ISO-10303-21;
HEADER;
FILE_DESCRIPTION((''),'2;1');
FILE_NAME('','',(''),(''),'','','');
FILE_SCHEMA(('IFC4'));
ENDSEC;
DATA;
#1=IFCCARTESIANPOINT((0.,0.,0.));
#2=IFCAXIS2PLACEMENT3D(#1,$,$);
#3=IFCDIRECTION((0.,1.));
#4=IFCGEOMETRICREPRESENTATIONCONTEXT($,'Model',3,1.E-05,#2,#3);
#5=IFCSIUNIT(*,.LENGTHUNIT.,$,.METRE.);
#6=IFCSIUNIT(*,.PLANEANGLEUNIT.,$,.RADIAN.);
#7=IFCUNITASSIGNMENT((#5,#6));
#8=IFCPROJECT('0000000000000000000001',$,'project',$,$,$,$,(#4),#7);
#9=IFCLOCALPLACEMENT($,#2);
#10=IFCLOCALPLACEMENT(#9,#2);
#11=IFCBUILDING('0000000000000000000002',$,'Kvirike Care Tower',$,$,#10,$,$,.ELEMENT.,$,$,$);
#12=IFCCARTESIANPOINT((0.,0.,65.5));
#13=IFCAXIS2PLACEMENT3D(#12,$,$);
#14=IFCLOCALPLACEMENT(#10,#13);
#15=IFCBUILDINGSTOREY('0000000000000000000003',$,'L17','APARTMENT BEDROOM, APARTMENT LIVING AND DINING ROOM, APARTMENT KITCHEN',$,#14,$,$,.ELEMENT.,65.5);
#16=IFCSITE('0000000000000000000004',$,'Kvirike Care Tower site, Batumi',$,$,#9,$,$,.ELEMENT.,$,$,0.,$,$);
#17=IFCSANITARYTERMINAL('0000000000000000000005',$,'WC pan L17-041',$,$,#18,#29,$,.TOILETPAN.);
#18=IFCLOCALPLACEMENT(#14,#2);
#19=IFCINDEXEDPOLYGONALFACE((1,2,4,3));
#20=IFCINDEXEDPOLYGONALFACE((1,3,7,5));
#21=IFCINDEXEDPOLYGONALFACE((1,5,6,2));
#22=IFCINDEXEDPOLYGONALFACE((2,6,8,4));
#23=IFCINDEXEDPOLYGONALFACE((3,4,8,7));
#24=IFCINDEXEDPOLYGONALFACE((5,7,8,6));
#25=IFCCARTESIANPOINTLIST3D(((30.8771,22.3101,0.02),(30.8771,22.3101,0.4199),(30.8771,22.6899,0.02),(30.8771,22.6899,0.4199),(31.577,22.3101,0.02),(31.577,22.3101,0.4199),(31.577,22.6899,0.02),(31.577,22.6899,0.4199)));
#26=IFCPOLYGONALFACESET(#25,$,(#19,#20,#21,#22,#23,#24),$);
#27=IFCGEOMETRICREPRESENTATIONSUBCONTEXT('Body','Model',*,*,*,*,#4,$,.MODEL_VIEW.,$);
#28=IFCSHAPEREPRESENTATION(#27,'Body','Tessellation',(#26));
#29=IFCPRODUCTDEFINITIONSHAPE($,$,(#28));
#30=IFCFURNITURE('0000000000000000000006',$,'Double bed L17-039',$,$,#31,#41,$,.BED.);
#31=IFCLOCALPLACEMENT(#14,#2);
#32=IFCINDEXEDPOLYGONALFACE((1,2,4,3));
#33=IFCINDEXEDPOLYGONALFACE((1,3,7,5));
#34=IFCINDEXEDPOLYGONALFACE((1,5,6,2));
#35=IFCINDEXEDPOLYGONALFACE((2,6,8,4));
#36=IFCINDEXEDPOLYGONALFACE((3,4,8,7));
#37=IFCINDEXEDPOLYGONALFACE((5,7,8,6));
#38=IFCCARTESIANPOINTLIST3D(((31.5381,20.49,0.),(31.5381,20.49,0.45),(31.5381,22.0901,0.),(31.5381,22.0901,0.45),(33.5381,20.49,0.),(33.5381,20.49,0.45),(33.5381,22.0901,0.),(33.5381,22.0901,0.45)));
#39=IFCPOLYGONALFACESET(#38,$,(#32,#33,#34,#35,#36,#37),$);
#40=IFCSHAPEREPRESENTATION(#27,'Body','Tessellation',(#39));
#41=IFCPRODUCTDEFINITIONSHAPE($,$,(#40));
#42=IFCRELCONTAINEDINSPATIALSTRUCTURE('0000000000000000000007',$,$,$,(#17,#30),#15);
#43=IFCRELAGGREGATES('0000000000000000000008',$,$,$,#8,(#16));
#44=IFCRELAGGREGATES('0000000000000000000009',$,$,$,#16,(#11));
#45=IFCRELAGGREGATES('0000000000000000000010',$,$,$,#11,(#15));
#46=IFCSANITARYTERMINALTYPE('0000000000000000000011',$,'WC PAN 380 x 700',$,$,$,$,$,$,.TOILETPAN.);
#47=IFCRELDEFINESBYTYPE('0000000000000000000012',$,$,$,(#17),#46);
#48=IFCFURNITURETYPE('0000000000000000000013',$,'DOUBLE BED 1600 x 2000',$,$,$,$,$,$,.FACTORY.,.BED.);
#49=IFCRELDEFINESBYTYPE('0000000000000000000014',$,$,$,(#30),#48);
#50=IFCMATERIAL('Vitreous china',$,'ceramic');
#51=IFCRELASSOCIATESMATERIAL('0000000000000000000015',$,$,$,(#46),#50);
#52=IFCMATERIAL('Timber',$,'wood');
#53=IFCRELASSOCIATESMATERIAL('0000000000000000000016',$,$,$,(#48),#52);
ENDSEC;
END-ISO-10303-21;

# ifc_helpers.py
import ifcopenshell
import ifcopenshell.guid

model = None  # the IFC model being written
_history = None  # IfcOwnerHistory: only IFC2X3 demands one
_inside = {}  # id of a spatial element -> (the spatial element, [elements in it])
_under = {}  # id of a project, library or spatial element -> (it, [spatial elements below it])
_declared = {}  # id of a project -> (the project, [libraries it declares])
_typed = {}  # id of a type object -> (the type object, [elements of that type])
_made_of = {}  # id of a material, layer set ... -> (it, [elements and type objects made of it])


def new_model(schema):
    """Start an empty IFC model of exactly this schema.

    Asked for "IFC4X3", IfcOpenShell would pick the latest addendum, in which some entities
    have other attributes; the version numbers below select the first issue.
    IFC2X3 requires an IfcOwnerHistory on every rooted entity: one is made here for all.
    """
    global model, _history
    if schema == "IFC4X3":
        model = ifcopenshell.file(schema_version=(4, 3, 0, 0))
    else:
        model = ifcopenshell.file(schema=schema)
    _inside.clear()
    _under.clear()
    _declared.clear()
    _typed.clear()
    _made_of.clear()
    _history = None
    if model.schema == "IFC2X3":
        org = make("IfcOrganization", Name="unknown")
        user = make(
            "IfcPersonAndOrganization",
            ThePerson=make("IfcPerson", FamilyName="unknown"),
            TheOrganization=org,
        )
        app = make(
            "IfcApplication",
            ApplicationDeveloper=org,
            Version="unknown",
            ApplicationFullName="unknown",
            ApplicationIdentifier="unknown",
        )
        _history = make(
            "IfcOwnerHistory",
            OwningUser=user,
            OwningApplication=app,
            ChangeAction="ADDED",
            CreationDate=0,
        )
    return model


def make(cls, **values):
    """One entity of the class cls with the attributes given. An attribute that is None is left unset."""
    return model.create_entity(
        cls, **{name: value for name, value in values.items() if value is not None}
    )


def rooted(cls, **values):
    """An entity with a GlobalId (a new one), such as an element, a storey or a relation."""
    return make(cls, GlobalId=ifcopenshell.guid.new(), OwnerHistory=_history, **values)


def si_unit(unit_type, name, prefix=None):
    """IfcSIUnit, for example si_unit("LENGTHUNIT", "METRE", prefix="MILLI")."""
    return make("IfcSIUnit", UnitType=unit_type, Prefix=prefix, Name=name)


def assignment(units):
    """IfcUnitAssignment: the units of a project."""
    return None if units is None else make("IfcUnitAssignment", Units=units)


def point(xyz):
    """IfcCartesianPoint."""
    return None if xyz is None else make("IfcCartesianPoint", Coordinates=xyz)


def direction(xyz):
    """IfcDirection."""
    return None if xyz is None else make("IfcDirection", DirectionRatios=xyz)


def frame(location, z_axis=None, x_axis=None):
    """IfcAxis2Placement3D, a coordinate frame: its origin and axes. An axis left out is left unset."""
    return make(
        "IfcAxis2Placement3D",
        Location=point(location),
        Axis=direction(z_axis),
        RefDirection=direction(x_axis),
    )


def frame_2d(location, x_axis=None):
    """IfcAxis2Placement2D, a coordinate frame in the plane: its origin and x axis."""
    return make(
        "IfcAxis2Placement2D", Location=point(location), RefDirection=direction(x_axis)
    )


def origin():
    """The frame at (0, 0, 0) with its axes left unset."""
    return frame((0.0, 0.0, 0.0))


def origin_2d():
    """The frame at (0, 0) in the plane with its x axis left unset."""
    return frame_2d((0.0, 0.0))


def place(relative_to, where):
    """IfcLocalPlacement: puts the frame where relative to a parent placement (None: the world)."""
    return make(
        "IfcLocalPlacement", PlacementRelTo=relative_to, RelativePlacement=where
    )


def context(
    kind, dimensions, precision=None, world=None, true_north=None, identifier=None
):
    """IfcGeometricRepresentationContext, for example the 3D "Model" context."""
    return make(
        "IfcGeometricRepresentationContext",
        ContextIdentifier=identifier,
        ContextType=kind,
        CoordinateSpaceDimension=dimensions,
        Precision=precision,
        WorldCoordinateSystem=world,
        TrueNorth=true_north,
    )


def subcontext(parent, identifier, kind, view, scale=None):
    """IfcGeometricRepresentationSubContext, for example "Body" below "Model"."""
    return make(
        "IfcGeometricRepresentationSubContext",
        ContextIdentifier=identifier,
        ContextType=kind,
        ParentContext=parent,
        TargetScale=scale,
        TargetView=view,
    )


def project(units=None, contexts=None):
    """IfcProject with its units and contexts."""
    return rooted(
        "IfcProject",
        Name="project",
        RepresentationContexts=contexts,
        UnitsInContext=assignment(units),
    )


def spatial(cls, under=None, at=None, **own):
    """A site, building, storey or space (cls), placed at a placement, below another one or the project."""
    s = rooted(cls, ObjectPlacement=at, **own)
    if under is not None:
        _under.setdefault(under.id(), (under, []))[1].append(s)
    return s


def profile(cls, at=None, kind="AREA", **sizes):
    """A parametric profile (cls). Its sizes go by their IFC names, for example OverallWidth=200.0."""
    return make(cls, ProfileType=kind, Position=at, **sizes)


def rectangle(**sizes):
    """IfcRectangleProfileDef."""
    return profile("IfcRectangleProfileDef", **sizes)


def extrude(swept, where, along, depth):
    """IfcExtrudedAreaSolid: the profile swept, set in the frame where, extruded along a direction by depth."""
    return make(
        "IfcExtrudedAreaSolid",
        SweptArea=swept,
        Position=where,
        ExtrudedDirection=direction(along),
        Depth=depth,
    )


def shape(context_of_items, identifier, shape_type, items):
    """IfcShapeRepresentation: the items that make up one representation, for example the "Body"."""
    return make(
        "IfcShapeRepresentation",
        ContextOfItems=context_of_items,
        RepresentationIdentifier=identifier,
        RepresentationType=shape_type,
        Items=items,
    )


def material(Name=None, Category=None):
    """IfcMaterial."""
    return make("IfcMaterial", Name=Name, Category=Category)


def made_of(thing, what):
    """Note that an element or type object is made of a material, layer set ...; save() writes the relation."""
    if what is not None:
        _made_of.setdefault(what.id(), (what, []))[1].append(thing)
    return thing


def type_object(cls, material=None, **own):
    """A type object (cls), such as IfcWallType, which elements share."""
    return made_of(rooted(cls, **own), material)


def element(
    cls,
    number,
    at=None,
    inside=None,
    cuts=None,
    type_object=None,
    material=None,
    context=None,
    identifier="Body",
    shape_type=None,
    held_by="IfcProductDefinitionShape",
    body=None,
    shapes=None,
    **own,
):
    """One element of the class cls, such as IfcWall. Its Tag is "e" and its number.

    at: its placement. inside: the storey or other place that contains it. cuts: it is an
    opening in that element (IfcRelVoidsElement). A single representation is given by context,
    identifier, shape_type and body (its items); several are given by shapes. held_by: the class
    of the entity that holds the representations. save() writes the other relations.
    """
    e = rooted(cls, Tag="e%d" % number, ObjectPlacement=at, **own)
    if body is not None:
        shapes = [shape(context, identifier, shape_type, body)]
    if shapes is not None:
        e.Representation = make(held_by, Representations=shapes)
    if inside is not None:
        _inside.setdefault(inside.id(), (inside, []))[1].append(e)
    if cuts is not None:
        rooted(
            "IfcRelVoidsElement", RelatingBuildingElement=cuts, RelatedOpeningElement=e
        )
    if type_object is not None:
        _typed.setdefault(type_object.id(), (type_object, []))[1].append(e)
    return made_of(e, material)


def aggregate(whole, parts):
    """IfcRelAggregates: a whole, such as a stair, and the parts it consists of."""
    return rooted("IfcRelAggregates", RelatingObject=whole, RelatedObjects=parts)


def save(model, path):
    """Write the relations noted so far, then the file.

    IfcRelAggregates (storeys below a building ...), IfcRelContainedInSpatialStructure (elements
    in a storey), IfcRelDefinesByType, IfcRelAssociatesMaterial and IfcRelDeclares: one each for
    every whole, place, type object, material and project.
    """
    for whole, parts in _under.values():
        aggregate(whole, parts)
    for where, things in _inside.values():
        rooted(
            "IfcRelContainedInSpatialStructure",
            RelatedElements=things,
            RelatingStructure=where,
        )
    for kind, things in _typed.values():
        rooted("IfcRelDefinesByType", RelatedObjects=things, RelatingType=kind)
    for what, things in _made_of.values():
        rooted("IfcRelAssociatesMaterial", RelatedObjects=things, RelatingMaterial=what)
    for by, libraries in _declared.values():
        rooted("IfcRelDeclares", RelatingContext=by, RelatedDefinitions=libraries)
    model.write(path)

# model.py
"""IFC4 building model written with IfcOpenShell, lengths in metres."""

from ifc_helpers import new_model, si_unit, direction, frame, origin, origin_2d, place, context, subcontext, project, spatial, rectangle, extrude, material, type_object, element, save


model = new_model("IFC4")

# Units and contexts
model_context = context("Model", 3, precision=1e-05, world=origin(), true_north=direction((0.0, 1.0)))
body_context = subcontext(model_context, "Body", "Model", "MODEL_VIEW")
ifc_project = project(units=[si_unit("LENGTHUNIT", "METRE"), si_unit("PLANEANGLEUNIT", "RADIAN")], contexts=[model_context])

# Site, building, storey
site_placement = place(None, origin())
site = spatial("IfcSite", under=ifc_project, at=site_placement, Name="Kvirike Care Tower site, Batumi", CompositionType="ELEMENT", RefElevation=0.0)
building_placement = place(site_placement, origin())
building = spatial("IfcBuilding", under=site, at=building_placement, Name="Kvirike Care Tower", CompositionType="ELEMENT")
storey_placement = place(building_placement, frame((0.0, 0.0, 65.5)))
storey = spatial("IfcBuildingStorey", under=building, at=storey_placement, Name="L17", Description="APARTMENT BEDROOM, APARTMENT LIVING AND DINING ROOM, APARTMENT KITCHEN", CompositionType="ELEMENT", Elevation=65.5)

# Sanitary terminal
ifc_material_1 = material(Name="Vitreous china", Category="ceramic")
sanitary_terminal_type_1 = type_object("IfcSanitaryTerminalType", Name="WC PAN 380 x 700", PredefinedType="TOILETPAN", material=ifc_material_1)
sanitary_terminal_1_placement = place(storey_placement, frame((31.2271, 22.5, 0.02), z_axis=(0.0, 0.0, 1.0), x_axis=(0.0, 1.0, 0.0)))
element("IfcSanitaryTerminal", 1, at=sanitary_terminal_1_placement, inside=storey, type_object=sanitary_terminal_type_1, Name="WC pan L17-041", PredefinedType="TOILETPAN", context=body_context, shape_type="SweptSolid", body=[
    extrude(rectangle(XDim=0.3799, YDim=0.7, at=origin_2d()), origin(), (0.0, 0.0, 1.0), 0.3999),
])

# Furniture
ifc_material_2 = material(Name="Timber", Category="wood")
furniture_type = type_object("IfcFurnitureType", Name="DOUBLE BED 1600 x 2000", AssemblyPlace="FACTORY", PredefinedType="BED", material=ifc_material_2)
furniture_placement = place(storey_placement, frame((32.5381, 21.29, 0.0), z_axis=(0.0, 0.0, 1.0), x_axis=(0.0, -1.0, 0.0)))
element("IfcFurniture", 2, at=furniture_placement, inside=storey, type_object=furniture_type, Name="Double bed L17-039", PredefinedType="BED", context=body_context, shape_type="SweptSolid", body=[
    extrude(rectangle(XDim=1.6001, YDim=2.0, at=origin_2d()), origin(), (0.0, 0.0, 1.0), 0.45),
])

save(model, "model.ifc")
